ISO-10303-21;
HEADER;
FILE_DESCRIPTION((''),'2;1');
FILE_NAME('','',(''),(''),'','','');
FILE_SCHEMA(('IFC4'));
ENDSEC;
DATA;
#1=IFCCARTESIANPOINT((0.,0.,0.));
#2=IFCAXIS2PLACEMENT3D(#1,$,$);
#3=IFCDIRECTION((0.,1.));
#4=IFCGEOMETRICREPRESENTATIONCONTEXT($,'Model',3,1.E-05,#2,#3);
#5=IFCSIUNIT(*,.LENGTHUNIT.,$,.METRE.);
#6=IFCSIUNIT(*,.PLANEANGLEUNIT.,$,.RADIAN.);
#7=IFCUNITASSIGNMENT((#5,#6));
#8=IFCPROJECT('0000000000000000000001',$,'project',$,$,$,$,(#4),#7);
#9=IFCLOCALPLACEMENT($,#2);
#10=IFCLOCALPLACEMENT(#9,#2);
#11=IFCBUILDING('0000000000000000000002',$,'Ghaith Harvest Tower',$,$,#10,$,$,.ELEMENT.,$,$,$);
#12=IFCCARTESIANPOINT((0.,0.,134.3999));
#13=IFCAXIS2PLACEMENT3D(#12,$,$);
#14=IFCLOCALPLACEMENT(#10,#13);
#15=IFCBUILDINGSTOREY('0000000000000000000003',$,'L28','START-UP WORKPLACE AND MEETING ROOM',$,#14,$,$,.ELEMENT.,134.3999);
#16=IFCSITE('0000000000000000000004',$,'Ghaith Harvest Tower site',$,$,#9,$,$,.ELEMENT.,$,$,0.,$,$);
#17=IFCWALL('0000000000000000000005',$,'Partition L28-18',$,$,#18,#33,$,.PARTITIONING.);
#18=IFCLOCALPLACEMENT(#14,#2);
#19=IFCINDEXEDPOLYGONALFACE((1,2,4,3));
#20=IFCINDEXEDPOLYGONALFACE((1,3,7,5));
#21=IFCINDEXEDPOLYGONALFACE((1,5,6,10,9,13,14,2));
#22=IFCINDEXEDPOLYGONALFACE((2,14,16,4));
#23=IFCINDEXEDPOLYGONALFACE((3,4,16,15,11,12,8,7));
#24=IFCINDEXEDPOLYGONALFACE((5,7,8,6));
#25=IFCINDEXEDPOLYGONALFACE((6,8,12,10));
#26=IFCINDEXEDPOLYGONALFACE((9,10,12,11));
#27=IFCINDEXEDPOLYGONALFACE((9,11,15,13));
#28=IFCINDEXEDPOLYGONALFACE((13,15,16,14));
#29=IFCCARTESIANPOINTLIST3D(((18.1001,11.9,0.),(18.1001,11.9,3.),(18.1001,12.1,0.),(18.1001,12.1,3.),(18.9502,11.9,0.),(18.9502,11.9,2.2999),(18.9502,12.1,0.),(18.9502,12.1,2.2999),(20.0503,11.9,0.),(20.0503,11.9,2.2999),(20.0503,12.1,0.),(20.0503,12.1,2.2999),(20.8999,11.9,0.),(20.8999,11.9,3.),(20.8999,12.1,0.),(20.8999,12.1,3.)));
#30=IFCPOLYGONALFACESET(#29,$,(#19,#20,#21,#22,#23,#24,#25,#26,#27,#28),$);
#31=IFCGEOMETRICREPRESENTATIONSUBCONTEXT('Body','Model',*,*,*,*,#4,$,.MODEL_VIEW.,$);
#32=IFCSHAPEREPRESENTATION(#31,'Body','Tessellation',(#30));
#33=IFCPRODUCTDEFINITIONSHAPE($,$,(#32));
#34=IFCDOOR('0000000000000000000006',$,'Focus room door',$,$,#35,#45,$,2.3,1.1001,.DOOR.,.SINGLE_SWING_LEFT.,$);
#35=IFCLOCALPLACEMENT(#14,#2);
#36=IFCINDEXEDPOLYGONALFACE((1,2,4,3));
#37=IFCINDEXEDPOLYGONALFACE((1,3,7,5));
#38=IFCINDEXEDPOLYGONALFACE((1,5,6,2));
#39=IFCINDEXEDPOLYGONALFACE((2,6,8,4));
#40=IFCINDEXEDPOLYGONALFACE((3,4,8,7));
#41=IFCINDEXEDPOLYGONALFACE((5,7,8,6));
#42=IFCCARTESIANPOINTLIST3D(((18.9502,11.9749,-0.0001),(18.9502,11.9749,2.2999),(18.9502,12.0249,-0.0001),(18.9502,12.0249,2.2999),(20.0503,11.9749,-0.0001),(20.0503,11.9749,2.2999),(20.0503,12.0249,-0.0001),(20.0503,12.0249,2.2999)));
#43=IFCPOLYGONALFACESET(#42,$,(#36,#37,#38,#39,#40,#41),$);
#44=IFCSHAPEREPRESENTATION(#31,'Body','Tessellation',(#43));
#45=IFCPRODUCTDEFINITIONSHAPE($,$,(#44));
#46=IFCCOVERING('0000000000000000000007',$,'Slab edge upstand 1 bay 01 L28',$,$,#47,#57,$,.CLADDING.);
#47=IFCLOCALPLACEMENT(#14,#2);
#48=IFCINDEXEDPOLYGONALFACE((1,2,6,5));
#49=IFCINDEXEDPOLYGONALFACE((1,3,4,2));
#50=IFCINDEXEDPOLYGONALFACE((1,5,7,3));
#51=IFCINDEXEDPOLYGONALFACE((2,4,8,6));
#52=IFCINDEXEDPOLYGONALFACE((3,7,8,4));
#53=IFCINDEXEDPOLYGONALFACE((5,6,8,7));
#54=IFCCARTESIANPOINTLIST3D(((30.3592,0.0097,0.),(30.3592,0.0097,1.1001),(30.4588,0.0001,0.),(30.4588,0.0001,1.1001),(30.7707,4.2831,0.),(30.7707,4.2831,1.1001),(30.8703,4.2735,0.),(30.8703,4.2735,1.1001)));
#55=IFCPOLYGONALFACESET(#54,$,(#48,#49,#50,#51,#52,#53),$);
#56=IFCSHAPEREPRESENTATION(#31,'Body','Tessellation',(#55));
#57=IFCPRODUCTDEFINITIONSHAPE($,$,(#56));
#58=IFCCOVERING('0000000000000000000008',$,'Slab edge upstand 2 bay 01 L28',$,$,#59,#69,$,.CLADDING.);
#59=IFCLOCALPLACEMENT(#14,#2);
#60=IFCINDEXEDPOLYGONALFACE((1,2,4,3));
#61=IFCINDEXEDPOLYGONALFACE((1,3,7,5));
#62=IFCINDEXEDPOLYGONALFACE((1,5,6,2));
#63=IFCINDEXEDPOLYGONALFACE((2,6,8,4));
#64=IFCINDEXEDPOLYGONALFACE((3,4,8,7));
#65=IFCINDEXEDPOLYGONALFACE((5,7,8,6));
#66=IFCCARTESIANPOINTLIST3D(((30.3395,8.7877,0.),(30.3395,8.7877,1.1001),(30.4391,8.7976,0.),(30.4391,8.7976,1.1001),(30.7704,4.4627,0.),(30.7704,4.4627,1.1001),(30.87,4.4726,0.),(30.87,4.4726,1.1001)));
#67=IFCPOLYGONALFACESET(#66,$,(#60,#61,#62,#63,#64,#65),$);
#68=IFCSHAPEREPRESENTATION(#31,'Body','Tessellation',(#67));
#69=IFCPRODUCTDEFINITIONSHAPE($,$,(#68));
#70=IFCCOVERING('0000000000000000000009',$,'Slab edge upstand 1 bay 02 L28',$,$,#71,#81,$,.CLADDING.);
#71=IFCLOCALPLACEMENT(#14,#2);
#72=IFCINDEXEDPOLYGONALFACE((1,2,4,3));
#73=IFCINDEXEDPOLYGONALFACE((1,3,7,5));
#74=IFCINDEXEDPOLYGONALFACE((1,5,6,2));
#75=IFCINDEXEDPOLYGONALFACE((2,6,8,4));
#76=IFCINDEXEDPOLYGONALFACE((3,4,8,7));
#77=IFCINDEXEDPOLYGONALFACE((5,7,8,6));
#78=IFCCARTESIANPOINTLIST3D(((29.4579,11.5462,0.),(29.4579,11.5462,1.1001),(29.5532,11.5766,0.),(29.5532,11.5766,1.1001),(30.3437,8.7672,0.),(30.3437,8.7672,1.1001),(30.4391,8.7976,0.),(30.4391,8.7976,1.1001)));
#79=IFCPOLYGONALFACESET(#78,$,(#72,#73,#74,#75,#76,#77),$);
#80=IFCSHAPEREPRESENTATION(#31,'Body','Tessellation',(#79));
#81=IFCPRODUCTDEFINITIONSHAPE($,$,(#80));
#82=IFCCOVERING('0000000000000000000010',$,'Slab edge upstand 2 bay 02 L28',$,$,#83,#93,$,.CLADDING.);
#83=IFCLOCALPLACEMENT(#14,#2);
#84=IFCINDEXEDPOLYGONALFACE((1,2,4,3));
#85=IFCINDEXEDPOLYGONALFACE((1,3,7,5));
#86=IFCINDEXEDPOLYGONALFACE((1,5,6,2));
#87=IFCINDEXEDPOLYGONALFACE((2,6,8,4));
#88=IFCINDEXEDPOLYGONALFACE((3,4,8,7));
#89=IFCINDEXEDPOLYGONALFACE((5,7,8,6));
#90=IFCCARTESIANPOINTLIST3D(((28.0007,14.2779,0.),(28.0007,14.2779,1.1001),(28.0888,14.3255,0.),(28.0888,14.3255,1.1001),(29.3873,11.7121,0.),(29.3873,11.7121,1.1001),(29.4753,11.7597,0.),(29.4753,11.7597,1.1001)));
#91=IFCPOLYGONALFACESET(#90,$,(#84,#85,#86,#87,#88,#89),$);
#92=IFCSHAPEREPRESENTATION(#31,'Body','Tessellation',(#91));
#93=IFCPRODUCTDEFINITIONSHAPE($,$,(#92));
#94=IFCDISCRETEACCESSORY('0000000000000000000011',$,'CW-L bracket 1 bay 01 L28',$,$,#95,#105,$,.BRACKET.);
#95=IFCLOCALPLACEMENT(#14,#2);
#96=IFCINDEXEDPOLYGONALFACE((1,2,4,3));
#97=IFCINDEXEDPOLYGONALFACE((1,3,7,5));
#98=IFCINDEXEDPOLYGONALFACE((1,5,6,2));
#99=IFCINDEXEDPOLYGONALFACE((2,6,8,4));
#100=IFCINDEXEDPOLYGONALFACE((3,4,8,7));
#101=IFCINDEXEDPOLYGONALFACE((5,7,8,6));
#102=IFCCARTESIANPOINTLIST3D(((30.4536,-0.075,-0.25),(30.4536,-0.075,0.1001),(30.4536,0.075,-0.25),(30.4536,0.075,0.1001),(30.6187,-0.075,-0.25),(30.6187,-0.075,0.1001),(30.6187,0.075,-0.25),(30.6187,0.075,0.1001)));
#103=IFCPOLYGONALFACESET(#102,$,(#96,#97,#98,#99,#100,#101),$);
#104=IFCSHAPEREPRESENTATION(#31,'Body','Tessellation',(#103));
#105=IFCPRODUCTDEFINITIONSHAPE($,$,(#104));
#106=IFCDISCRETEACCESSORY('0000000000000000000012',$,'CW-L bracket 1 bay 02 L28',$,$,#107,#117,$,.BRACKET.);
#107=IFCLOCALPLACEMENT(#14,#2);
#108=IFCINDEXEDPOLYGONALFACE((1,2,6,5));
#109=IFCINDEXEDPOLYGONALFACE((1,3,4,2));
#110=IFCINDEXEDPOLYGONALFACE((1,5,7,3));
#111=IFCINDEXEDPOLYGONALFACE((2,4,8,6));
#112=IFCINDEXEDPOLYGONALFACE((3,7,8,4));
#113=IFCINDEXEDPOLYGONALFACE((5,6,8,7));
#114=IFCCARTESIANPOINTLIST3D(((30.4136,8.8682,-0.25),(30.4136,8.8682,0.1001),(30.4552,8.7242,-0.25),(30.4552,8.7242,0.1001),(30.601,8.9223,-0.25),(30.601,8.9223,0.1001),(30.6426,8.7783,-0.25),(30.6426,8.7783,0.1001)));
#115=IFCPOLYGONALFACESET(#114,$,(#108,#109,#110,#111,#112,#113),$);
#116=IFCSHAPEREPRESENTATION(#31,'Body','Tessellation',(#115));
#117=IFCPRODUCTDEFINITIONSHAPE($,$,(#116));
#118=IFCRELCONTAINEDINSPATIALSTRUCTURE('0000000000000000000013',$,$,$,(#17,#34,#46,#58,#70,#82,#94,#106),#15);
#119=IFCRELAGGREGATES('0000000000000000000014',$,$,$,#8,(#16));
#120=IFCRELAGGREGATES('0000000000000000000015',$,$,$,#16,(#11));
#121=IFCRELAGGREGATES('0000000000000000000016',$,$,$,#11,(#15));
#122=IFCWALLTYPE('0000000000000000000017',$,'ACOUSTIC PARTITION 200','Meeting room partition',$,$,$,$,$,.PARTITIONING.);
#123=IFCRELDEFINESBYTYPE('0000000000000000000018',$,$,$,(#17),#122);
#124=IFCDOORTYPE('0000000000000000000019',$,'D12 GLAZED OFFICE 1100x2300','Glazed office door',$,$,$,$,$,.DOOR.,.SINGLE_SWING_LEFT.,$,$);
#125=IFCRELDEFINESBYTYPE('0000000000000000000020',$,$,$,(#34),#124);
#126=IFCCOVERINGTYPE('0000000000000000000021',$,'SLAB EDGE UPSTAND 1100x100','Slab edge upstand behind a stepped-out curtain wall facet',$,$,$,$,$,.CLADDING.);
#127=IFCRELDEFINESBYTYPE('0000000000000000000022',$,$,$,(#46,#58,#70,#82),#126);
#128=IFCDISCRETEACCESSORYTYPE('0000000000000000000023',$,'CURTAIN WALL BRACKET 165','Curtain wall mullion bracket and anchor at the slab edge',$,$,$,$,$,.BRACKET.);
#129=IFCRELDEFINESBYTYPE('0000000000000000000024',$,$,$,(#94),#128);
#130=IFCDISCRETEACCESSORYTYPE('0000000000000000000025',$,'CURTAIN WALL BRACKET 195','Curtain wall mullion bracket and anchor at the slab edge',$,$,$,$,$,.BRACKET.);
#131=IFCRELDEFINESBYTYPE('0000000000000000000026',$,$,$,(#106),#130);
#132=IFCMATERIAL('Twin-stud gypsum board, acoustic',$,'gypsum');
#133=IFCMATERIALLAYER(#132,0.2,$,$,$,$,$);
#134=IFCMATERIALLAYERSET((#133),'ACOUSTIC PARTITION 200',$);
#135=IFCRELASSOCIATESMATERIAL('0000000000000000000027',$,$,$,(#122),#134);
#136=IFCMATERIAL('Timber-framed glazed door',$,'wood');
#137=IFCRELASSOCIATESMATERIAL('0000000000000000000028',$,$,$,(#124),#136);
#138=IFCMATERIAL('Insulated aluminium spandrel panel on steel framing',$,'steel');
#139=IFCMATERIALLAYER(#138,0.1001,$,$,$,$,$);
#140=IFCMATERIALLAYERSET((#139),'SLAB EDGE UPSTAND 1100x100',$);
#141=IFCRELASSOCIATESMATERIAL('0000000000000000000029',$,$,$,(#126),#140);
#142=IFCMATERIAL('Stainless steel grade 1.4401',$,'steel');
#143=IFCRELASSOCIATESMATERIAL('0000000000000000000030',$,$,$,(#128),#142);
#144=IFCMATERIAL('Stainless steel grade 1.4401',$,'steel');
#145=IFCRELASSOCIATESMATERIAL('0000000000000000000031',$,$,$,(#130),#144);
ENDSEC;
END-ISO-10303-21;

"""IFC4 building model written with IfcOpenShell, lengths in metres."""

from ifc_helpers import new_model, si_unit, direction, frame, frame_2d, origin, origin_2d, place, context, subcontext, project, spatial, rectangle, extrude, material, layer, layer_set, type_object, element, fill, save


model = new_model("IFC4")

# Units and contexts
model_context = context("Model", 3, precision=1e-05, world=origin(), true_north=direction((0.0, 1.0)))
body_context = subcontext(model_context, "Body", "Model", "MODEL_VIEW")
ifc_project = project(units=[si_unit("LENGTHUNIT", "METRE"), si_unit("PLANEANGLEUNIT", "RADIAN")], contexts=[model_context])

# Site, building, storey
site_placement = place(None, origin())
site = spatial("IfcSite", under=ifc_project, at=site_placement, Name="Ghaith Harvest Tower site", CompositionType="ELEMENT", RefElevation=0.0)
building_placement = place(site_placement, origin())
building = spatial("IfcBuilding", under=site, at=building_placement, Name="Ghaith Harvest Tower", CompositionType="ELEMENT")
storey_placement = place(building_placement, frame((0.0, 0.0, 134.3999)))
storey = spatial("IfcBuildingStorey", under=building, at=storey_placement, Name="L28", Description="START-UP WORKPLACE AND MEETING ROOM", CompositionType="ELEMENT", Elevation=134.3999)

# Shared definitions
ifc_material_1 = material(Name="Twin-stud gypsum board, acoustic", Category="gypsum")
ifc_layer_1 = layer(ifc_material_1, 0.2)
ifc_layer_set_1 = layer_set([ifc_layer_1], Name="ACOUSTIC PARTITION 200")
wall_type_1 = type_object("IfcWallType", Name="ACOUSTIC PARTITION 200", Description="Meeting room partition", PredefinedType="PARTITIONING", material=ifc_layer_set_1)

# Wall, opening, door
ifc_material_2 = material(Name="Timber-framed glazed door", Category="wood")
door_type_1 = type_object("IfcDoorType", Name="D12 GLAZED OFFICE 1100x2300", Description="Glazed office door", OperationType="SINGLE_SWING_LEFT", PredefinedType="DOOR", material=ifc_material_2)
wall_1_placement = place(storey_placement, frame((18.1001, 12.0, 0.0), z_axis=(0.0, 0.0, 1.0), x_axis=(1.0, 0.0, 0.0)))
wall_1 = element("IfcWall", 1, at=wall_1_placement, inside=storey, type_object=wall_type_1, Name="Partition L28-18", PredefinedType="PARTITIONING", context=body_context, shape_type="SweptSolid", body=[
    extrude(rectangle(XDim=2.7998, YDim=0.2, at=frame_2d((1.3999, 0.0))), origin(), (0.0, 0.0, 1.0), 3.0),
])
opening_1_placement = place(wall_1_placement, frame((0.8501, 0.0, 0.0)))
opening_1 = element("IfcOpeningElement", 2, at=opening_1_placement, cuts=wall_1, PredefinedType="OPENING", context=body_context, shape_type="SweptSolid", body=[
    extrude(rectangle(XDim=1.1001, YDim=2.3, at=frame_2d((0.55, 1.1499))), frame((0.0, 0.1099, 0.0), z_axis=(0.0, -1.0, 0.0), x_axis=(1.0, 0.0, 0.0)), (0.0, 0.0, 1.0), 0.22),
])
door_1_placement = place(opening_1_placement, origin())
door_1 = element("IfcDoor", 3, at=door_1_placement, inside=storey, type_object=door_type_1, Name="Focus room door", OperationType="SINGLE_SWING_LEFT", OverallHeight=2.3, OverallWidth=1.1001, PredefinedType="DOOR", context=body_context, shape_type="SweptSolid", body=[
    extrude(rectangle(XDim=1.1001, YDim=2.3, at=frame_2d((0.55, 1.1499))), frame((0.0, 0.0249, 0.0), z_axis=(0.0, -1.0, 0.0), x_axis=(1.0, 0.0, 0.0)), (0.0, 0.0, 1.0), 0.05),
])
fill(opening_1, door_1)

# Coverings
ifc_material_3 = material(Name="Insulated aluminium spandrel panel on steel framing", Category="steel")
ifc_layer_2 = layer(ifc_material_3, 0.1001)
ifc_layer_set_2 = layer_set([ifc_layer_2], Name="SLAB EDGE UPSTAND 1100x100")
covering_type = type_object("IfcCoveringType", Name="SLAB EDGE UPSTAND 1100x100", Description="Slab edge upstand behind a stepped-out curtain wall facet", PredefinedType="CLADDING", material=ifc_layer_set_2)
covering_1_placement = place(storey_placement, frame((30.6147, 2.1416, 0.0), z_axis=(0.0, 0.0, 1.0), x_axis=(0.095861, 0.995395, 0.0)))
element("IfcCovering", 4, at=covering_1_placement, inside=storey, type_object=covering_type, Name="Slab edge upstand 1 bay 01 L28", PredefinedType="CLADDING", context=body_context, shape_type="SweptSolid", body=[
    extrude(rectangle(XDim=4.2932, YDim=0.1001, at=origin_2d()), origin(), (0.0, 0.0, 1.0), 1.1001),
])
covering_2_placement = place(storey_placement, frame((30.6047, 6.6301, 0.0), z_axis=(0.0, 0.0, 1.0), x_axis=(-0.099132, 0.995074, 0.0)))
element("IfcCovering", 5, at=covering_2_placement, inside=storey, type_object=covering_type, Name="Slab edge upstand 2 bay 01 L28", PredefinedType="CLADDING", context=body_context, shape_type="SweptSolid", body=[
    extrude(rectangle(XDim=4.3464, YDim=0.1001, at=origin_2d()), origin(), (0.0, 0.0, 1.0), 1.1001),
])
covering_3_placement = place(storey_placement, frame((29.9485, 10.1719, 0.0), z_axis=(0.0, 0.0, 1.0), x_axis=(-0.303717, 0.952762, 0.0)))
element("IfcCovering", 6, at=covering_3_placement, inside=storey, type_object=covering_type, Name="Slab edge upstand 1 bay 02 L28", PredefinedType="CLADDING", context=body_context, shape_type="SweptSolid", body=[
    extrude(rectangle(XDim=2.9167, YDim=0.1001, at=origin_2d()), origin(), (0.0, 0.0, 1.0), 1.1001),
])
covering_4_placement = place(storey_placement, frame((28.738, 13.0188, 0.0), z_axis=(0.0, 0.0, 1.0), x_axis=(-0.475409, 0.879765, 0.0)))
element("IfcCovering", 7, at=covering_4_placement, inside=storey, type_object=covering_type, Name="Slab edge upstand 2 bay 02 L28", PredefinedType="CLADDING", context=body_context, shape_type="SweptSolid", body=[
    extrude(rectangle(XDim=2.9165, YDim=0.1001, at=origin_2d()), origin(), (0.0, 0.0, 1.0), 1.1001),
])

# Discrete accessories
ifc_material_4 = material(Name="Stainless steel grade 1.4401", Category="steel")
discrete_accessory_type_1 = type_object("IfcDiscreteAccessoryType", Name="CURTAIN WALL BRACKET 165", Description="Curtain wall mullion bracket and anchor at the slab edge", PredefinedType="BRACKET", material=ifc_material_4)
discrete_accessory_1_placement = place(storey_placement, frame((30.5361, 0.0, -0.25), z_axis=(0.0, 0.0, 1.0), x_axis=(1.0, 0.0, 0.0)))
element("IfcDiscreteAccessory", 8, at=discrete_accessory_1_placement, inside=storey, type_object=discrete_accessory_type_1, Name="CW-L bracket 1 bay 01 L28", PredefinedType="BRACKET", context=body_context, shape_type="SweptSolid", body=[
    extrude(rectangle(XDim=0.165, YDim=0.1499, at=origin_2d()), origin(), (0.0, 0.0, 1.0), 0.3501),
])
ifc_material_5 = material(Name="Stainless steel grade 1.4401", Category="steel")
discrete_accessory_type_2 = type_object("IfcDiscreteAccessoryType", Name="CURTAIN WALL BRACKET 195", Description="Curtain wall mullion bracket and anchor at the slab edge", PredefinedType="BRACKET", material=ifc_material_5)
discrete_accessory_2_placement = place(storey_placement, frame((30.5281, 8.8232, -0.25), z_axis=(0.0, 0.0, 1.0), x_axis=(0.96068, 0.277657, 0.0)))
element("IfcDiscreteAccessory", 9, at=discrete_accessory_2_placement, inside=storey, type_object=discrete_accessory_type_2, Name="CW-L bracket 1 bay 02 L28", PredefinedType="BRACKET", context=body_context, shape_type="SweptSolid", body=[
    extrude(rectangle(XDim=0.1951, YDim=0.1499, at=origin_2d()), origin(), (0.0, 0.0, 1.0), 0.3501),
])

save(model, "model.ifc")
